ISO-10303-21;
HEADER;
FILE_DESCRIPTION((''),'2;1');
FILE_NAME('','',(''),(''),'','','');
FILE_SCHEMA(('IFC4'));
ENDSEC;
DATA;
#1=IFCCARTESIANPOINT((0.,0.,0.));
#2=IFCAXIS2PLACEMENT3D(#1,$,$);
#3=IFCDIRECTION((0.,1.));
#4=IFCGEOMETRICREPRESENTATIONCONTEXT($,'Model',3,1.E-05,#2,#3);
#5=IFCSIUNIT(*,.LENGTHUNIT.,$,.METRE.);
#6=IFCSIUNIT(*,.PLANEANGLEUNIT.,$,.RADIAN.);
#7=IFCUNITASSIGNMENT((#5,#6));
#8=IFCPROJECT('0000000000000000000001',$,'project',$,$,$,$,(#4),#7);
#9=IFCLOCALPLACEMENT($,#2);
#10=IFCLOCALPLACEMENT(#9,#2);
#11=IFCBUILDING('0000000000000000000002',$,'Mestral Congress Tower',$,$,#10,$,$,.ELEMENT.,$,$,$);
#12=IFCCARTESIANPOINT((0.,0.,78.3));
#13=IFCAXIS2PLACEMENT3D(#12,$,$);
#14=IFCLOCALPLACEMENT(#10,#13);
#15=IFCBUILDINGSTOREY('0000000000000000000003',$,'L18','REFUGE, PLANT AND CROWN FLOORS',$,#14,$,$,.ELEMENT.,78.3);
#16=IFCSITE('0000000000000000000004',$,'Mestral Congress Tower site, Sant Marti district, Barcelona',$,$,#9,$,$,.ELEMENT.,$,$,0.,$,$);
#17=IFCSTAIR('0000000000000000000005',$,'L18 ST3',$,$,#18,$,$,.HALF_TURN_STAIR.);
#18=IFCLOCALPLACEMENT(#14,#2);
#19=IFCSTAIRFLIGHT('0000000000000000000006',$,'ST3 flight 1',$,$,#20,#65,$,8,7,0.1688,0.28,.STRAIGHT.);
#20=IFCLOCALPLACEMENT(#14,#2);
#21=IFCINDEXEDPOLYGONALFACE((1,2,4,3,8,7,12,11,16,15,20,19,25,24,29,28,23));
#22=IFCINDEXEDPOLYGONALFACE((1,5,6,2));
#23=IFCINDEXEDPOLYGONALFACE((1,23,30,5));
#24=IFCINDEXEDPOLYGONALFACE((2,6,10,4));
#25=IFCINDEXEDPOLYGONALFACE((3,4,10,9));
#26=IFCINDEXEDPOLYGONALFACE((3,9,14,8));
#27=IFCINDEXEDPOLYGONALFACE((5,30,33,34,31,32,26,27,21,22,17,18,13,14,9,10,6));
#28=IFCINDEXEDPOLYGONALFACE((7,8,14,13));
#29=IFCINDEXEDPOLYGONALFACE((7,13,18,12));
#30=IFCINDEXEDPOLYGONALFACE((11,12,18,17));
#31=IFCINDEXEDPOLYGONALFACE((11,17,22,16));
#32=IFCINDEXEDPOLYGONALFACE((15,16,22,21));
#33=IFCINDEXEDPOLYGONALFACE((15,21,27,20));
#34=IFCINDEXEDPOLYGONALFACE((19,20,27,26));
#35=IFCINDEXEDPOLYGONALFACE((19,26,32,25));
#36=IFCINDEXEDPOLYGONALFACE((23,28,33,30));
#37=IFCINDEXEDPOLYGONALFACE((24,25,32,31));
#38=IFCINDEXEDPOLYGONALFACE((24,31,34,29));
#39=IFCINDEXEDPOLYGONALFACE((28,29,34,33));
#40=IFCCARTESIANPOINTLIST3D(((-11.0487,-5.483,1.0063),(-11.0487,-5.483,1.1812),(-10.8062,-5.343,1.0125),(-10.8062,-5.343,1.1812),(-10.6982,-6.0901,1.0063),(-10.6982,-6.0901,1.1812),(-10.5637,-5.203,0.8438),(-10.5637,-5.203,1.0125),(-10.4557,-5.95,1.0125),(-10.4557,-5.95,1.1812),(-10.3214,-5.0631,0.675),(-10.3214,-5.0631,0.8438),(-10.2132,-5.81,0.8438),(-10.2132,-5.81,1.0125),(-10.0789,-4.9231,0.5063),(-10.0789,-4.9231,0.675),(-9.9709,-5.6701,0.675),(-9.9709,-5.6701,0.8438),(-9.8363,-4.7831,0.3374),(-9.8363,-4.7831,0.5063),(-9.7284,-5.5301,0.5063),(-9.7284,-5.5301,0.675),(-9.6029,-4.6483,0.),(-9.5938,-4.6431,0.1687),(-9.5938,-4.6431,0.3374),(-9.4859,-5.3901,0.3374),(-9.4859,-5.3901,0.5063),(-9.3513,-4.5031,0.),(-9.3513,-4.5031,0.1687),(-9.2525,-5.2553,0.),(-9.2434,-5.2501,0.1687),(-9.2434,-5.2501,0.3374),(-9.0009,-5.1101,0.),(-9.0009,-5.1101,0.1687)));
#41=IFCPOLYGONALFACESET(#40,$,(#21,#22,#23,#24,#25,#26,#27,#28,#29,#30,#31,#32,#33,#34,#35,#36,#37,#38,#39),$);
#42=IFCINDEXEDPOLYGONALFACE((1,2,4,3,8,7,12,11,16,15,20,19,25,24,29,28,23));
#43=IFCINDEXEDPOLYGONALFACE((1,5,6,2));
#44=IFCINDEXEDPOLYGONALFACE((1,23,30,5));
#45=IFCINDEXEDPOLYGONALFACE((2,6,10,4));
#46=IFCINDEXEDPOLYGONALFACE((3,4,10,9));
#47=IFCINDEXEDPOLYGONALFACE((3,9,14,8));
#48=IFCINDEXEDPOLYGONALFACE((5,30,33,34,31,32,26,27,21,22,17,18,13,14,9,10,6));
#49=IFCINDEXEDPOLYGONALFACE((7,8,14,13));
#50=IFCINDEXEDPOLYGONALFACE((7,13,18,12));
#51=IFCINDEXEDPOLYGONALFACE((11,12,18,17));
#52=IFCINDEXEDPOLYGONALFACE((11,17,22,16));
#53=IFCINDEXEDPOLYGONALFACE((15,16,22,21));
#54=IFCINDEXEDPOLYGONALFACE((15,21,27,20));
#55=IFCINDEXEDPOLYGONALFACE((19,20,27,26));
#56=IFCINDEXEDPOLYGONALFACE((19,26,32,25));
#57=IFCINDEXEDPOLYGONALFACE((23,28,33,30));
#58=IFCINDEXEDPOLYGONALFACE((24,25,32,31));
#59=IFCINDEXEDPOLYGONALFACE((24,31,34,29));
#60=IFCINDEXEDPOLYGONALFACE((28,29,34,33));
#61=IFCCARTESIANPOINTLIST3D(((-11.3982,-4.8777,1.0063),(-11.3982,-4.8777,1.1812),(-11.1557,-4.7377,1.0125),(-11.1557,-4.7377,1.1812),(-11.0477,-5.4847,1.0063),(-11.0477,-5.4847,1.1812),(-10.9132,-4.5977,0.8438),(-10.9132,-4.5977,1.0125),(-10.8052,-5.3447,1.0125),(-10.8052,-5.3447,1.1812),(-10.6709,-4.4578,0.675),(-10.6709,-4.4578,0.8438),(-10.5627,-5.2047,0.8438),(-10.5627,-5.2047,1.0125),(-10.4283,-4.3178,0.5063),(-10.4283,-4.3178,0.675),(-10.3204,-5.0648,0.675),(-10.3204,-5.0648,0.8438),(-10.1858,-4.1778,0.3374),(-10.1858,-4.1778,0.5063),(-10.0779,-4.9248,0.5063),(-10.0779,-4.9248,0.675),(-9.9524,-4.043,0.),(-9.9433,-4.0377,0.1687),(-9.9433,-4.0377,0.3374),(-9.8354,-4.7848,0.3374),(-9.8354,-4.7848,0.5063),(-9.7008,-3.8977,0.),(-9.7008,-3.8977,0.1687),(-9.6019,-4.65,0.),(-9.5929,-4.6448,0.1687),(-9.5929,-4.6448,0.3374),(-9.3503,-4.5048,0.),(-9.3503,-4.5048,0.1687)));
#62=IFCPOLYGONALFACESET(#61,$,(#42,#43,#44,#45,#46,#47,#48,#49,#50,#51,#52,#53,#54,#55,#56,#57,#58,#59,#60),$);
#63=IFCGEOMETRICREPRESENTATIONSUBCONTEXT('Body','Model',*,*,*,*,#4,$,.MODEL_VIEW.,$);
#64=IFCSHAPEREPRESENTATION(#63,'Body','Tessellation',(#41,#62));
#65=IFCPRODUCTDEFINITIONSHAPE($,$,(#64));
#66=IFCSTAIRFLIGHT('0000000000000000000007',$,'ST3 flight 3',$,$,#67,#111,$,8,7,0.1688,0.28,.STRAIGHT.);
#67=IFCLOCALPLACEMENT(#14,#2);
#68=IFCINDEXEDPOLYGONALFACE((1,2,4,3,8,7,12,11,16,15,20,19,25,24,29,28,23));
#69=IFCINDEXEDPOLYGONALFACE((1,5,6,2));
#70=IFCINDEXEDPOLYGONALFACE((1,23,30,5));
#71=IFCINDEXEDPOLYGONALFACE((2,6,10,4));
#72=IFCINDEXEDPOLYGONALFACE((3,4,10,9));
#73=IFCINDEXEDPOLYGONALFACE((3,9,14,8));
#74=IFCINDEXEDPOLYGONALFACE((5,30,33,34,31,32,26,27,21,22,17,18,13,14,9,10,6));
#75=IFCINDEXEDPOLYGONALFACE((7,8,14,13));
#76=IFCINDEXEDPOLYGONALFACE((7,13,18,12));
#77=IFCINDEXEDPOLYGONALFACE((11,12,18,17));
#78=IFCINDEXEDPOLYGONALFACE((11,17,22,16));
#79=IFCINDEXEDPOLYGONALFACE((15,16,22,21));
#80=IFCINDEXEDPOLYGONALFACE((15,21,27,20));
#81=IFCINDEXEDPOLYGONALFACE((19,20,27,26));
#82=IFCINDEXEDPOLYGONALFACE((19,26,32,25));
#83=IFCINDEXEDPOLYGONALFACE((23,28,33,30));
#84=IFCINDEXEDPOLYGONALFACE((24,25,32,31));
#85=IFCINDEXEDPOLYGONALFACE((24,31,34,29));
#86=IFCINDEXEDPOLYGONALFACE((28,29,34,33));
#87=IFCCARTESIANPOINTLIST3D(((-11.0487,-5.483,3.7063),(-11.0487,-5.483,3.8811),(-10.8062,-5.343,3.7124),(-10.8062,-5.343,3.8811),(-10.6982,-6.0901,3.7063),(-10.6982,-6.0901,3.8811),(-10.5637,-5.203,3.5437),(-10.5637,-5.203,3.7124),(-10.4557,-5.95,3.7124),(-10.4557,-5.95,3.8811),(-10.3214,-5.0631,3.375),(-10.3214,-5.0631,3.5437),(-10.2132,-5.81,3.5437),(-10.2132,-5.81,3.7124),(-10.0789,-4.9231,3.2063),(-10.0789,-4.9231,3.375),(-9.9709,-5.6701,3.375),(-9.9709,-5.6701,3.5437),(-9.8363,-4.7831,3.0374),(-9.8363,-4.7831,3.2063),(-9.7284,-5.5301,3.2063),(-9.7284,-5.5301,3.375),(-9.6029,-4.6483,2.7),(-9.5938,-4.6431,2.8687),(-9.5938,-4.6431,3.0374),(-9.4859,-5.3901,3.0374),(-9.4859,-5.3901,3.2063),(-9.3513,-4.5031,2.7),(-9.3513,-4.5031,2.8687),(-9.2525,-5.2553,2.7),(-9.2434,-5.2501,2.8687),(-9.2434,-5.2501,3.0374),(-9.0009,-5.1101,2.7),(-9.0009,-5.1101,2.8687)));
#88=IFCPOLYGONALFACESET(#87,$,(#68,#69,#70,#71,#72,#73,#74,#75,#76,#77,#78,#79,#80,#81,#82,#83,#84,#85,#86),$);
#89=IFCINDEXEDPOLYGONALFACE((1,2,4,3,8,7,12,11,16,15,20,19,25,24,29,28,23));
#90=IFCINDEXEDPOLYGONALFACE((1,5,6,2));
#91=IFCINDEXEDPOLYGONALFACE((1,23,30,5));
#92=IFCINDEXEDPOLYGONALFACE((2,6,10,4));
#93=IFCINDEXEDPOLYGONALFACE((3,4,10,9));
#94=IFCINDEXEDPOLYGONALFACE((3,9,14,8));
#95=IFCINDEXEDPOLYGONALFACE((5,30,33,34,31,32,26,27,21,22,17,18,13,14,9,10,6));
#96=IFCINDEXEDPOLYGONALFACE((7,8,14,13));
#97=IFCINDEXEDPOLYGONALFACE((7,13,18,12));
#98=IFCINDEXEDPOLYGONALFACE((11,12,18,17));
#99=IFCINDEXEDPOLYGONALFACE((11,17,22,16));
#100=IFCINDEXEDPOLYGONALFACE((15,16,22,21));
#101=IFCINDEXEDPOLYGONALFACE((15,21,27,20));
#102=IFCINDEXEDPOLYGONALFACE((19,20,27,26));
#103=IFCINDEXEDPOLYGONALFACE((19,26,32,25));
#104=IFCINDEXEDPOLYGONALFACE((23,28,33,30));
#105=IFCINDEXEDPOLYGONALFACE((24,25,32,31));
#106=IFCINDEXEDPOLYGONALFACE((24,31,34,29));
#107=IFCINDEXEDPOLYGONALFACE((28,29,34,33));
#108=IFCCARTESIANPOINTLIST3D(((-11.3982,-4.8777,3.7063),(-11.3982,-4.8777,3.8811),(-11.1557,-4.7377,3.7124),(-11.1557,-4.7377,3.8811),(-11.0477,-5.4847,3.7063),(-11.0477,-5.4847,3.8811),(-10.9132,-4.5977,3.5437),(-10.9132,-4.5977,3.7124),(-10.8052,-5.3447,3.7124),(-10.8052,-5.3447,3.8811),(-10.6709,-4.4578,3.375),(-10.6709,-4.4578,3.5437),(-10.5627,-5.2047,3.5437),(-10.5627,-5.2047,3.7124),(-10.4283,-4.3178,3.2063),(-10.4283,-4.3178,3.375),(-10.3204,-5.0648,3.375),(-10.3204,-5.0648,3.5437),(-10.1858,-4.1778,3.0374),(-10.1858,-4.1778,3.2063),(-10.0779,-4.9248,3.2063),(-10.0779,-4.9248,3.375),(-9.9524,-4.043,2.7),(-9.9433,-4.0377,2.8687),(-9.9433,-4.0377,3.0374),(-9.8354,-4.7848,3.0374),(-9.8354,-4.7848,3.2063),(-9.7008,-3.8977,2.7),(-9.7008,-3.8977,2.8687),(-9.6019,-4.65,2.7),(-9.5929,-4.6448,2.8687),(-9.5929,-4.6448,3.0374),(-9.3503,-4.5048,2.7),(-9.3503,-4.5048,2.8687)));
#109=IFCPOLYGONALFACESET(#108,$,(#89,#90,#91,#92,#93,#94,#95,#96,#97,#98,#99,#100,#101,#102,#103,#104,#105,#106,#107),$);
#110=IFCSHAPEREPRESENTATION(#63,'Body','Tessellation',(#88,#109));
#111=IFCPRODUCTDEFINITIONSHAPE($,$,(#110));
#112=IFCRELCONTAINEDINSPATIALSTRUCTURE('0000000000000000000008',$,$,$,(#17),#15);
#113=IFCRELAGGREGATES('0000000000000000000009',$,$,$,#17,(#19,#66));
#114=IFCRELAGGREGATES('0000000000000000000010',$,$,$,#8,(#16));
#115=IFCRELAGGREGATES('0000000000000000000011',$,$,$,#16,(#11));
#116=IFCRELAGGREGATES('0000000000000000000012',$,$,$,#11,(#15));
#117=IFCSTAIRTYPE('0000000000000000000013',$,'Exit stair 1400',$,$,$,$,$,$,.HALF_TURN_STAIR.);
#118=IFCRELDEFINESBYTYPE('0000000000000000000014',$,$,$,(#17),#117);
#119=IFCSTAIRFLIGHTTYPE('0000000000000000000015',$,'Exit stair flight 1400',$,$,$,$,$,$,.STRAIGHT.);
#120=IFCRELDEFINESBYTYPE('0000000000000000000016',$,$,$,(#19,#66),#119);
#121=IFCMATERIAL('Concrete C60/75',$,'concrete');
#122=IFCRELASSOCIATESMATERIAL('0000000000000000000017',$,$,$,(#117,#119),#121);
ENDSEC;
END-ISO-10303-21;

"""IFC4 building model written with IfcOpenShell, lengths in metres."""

from ifc_helpers import new_model, si_unit, direction, frame, origin, place, context, subcontext, project, spatial, polyline, outline, extrude, material, type_object, element, aggregate, save


model = new_model("IFC4")

# Units and contexts
model_context = context("Model", 3, precision=1e-05, world=origin(), true_north=direction((0.0, 1.0)))
body_context = subcontext(model_context, "Body", "Model", "MODEL_VIEW")
ifc_project = project(units=[si_unit("LENGTHUNIT", "METRE"), si_unit("PLANEANGLEUNIT", "RADIAN")], contexts=[model_context])

# Site, building, storey
site_placement = place(None, origin())
site = spatial("IfcSite", under=ifc_project, at=site_placement, Name="Mestral Congress Tower site, Sant Marti district, Barcelona", CompositionType="ELEMENT", RefElevation=0.0)
building_placement = place(site_placement, origin())
building = spatial("IfcBuilding", under=site, at=building_placement, Name="Mestral Congress Tower", CompositionType="ELEMENT")
storey_placement = place(building_placement, frame((0.0, 0.0, 78.3)))
storey = spatial("IfcBuildingStorey", under=building, at=storey_placement, Name="L18", Description="REFUGE, PLANT AND CROWN FLOORS", CompositionType="ELEMENT", Elevation=78.3)

# Shared definitions
ifc_material_1 = material(Name="Concrete C60/75", Category="concrete")

# Stair, stair flights
stair_type = type_object("IfcStairType", Name="Exit stair 1400", PredefinedType="HALF_TURN_STAIR", material=ifc_material_1)
stair_placement = place(storey_placement, origin())
stair = element("IfcStair", 1, at=stair_placement, inside=storey, type_object=stair_type, Name="L18 ST3", PredefinedType="HALF_TURN_STAIR")
stair_flight_type = type_object("IfcStairFlightType", Name="Exit stair flight 1400", PredefinedType="STRAIGHT", material=ifc_material_1)
stair_flight_1_placement = place(storey_placement, frame((-9.3508, -4.5039, 0.0), z_axis=(0.0, 0.0, 1.0), x_axis=(-0.866025, -0.5, 0.0)))
stair_flight_1 = element("IfcStairFlight", 2, at=stair_flight_1_placement, type_object=stair_flight_type, Name="ST3 flight 1", NumberOfRisers=8, NumberOfTreads=7, PredefinedType="STRAIGHT", RiserHeight=0.1688, TreadLength=0.28, context=body_context, shape_type="SweptSolid", body=[
    extrude(outline(polyline([(0.0, 0.0), (0.0, 0.1687), (0.28, 0.1687), (0.28, 0.3374), (0.5601, 0.3374), (0.5601, 0.5063), (0.8401, 0.5063), (0.8401, 0.675), (1.1201, 0.675), (1.1201, 0.8438), (1.3999, 0.8438), (1.3999, 1.0125), (1.6799, 1.0125), (1.6799, 1.1812), (1.96, 1.1812), (1.96, 1.3501), (1.96, 1.0063), (0.2905, 0.0), (0.0, 0.0)])), frame((0.0, 0.7, 0.0), z_axis=(0.0, -1.0, 0.0), x_axis=(1.0, 0.0, 0.0)), (0.0, 0.0, 1.0), 0.7009),
    extrude(outline(polyline([(0.0, 0.0), (0.0, 0.1687), (0.28, 0.1687), (0.28, 0.3374), (0.5601, 0.3374), (0.5601, 0.5063), (0.8401, 0.5063), (0.8401, 0.675), (1.1201, 0.675), (1.1201, 0.8438), (1.3999, 0.8438), (1.3999, 1.0125), (1.6799, 1.0125), (1.6799, 1.1812), (1.96, 1.1812), (1.96, 1.3501), (1.96, 1.0063), (0.2905, 0.0), (0.0, 0.0)])), frame((0.0, 0.001, 0.0), z_axis=(0.0, -1.0, 0.0), x_axis=(1.0, 0.0, 0.0)), (0.0, 0.0, 1.0), 0.7009),
])
stair_flight_2_placement = place(storey_placement, frame((-9.3508, -4.5039, 2.7), z_axis=(0.0, 0.0, 1.0), x_axis=(-0.866025, -0.5, 0.0)))
stair_flight_2 = element("IfcStairFlight", 3, at=stair_flight_2_placement, type_object=stair_flight_type, Name="ST3 flight 3", NumberOfRisers=8, NumberOfTreads=7, PredefinedType="STRAIGHT", RiserHeight=0.1688, TreadLength=0.28, context=body_context, shape_type="SweptSolid", body=[
    extrude(outline(polyline([(0.0, 0.0), (0.0, 0.1687), (0.28, 0.1687), (0.28, 0.3374), (0.5601, 0.3374), (0.5601, 0.5063), (0.8401, 0.5063), (0.8401, 0.675), (1.1201, 0.675), (1.1201, 0.8438), (1.3999, 0.8438), (1.3999, 1.0125), (1.6799, 1.0125), (1.6799, 1.1812), (1.96, 1.1812), (1.96, 1.3501), (1.96, 1.0063), (0.2905, 0.0), (0.0, 0.0)])), frame((0.0, 0.7, 0.0), z_axis=(0.0, -1.0, 0.0), x_axis=(1.0, 0.0, 0.0)), (0.0, 0.0, 1.0), 0.7009),
    extrude(outline(polyline([(0.0, 0.0), (0.0, 0.1687), (0.28, 0.1687), (0.28, 0.3374), (0.5601, 0.3374), (0.5601, 0.5063), (0.8401, 0.5063), (0.8401, 0.675), (1.1201, 0.675), (1.1201, 0.8438), (1.3999, 0.8438), (1.3999, 1.0125), (1.6799, 1.0125), (1.6799, 1.1812), (1.96, 1.1812), (1.96, 1.3501), (1.96, 1.0063), (0.2905, 0.0), (0.0, 0.0)])), frame((0.0, 0.001, 0.0), z_axis=(0.0, -1.0, 0.0), x_axis=(1.0, 0.0, 0.0)), (0.0, 0.0, 1.0), 0.7009),
])
aggregate(stair, [stair_flight_1, stair_flight_2])

save(model, "model.ifc")
